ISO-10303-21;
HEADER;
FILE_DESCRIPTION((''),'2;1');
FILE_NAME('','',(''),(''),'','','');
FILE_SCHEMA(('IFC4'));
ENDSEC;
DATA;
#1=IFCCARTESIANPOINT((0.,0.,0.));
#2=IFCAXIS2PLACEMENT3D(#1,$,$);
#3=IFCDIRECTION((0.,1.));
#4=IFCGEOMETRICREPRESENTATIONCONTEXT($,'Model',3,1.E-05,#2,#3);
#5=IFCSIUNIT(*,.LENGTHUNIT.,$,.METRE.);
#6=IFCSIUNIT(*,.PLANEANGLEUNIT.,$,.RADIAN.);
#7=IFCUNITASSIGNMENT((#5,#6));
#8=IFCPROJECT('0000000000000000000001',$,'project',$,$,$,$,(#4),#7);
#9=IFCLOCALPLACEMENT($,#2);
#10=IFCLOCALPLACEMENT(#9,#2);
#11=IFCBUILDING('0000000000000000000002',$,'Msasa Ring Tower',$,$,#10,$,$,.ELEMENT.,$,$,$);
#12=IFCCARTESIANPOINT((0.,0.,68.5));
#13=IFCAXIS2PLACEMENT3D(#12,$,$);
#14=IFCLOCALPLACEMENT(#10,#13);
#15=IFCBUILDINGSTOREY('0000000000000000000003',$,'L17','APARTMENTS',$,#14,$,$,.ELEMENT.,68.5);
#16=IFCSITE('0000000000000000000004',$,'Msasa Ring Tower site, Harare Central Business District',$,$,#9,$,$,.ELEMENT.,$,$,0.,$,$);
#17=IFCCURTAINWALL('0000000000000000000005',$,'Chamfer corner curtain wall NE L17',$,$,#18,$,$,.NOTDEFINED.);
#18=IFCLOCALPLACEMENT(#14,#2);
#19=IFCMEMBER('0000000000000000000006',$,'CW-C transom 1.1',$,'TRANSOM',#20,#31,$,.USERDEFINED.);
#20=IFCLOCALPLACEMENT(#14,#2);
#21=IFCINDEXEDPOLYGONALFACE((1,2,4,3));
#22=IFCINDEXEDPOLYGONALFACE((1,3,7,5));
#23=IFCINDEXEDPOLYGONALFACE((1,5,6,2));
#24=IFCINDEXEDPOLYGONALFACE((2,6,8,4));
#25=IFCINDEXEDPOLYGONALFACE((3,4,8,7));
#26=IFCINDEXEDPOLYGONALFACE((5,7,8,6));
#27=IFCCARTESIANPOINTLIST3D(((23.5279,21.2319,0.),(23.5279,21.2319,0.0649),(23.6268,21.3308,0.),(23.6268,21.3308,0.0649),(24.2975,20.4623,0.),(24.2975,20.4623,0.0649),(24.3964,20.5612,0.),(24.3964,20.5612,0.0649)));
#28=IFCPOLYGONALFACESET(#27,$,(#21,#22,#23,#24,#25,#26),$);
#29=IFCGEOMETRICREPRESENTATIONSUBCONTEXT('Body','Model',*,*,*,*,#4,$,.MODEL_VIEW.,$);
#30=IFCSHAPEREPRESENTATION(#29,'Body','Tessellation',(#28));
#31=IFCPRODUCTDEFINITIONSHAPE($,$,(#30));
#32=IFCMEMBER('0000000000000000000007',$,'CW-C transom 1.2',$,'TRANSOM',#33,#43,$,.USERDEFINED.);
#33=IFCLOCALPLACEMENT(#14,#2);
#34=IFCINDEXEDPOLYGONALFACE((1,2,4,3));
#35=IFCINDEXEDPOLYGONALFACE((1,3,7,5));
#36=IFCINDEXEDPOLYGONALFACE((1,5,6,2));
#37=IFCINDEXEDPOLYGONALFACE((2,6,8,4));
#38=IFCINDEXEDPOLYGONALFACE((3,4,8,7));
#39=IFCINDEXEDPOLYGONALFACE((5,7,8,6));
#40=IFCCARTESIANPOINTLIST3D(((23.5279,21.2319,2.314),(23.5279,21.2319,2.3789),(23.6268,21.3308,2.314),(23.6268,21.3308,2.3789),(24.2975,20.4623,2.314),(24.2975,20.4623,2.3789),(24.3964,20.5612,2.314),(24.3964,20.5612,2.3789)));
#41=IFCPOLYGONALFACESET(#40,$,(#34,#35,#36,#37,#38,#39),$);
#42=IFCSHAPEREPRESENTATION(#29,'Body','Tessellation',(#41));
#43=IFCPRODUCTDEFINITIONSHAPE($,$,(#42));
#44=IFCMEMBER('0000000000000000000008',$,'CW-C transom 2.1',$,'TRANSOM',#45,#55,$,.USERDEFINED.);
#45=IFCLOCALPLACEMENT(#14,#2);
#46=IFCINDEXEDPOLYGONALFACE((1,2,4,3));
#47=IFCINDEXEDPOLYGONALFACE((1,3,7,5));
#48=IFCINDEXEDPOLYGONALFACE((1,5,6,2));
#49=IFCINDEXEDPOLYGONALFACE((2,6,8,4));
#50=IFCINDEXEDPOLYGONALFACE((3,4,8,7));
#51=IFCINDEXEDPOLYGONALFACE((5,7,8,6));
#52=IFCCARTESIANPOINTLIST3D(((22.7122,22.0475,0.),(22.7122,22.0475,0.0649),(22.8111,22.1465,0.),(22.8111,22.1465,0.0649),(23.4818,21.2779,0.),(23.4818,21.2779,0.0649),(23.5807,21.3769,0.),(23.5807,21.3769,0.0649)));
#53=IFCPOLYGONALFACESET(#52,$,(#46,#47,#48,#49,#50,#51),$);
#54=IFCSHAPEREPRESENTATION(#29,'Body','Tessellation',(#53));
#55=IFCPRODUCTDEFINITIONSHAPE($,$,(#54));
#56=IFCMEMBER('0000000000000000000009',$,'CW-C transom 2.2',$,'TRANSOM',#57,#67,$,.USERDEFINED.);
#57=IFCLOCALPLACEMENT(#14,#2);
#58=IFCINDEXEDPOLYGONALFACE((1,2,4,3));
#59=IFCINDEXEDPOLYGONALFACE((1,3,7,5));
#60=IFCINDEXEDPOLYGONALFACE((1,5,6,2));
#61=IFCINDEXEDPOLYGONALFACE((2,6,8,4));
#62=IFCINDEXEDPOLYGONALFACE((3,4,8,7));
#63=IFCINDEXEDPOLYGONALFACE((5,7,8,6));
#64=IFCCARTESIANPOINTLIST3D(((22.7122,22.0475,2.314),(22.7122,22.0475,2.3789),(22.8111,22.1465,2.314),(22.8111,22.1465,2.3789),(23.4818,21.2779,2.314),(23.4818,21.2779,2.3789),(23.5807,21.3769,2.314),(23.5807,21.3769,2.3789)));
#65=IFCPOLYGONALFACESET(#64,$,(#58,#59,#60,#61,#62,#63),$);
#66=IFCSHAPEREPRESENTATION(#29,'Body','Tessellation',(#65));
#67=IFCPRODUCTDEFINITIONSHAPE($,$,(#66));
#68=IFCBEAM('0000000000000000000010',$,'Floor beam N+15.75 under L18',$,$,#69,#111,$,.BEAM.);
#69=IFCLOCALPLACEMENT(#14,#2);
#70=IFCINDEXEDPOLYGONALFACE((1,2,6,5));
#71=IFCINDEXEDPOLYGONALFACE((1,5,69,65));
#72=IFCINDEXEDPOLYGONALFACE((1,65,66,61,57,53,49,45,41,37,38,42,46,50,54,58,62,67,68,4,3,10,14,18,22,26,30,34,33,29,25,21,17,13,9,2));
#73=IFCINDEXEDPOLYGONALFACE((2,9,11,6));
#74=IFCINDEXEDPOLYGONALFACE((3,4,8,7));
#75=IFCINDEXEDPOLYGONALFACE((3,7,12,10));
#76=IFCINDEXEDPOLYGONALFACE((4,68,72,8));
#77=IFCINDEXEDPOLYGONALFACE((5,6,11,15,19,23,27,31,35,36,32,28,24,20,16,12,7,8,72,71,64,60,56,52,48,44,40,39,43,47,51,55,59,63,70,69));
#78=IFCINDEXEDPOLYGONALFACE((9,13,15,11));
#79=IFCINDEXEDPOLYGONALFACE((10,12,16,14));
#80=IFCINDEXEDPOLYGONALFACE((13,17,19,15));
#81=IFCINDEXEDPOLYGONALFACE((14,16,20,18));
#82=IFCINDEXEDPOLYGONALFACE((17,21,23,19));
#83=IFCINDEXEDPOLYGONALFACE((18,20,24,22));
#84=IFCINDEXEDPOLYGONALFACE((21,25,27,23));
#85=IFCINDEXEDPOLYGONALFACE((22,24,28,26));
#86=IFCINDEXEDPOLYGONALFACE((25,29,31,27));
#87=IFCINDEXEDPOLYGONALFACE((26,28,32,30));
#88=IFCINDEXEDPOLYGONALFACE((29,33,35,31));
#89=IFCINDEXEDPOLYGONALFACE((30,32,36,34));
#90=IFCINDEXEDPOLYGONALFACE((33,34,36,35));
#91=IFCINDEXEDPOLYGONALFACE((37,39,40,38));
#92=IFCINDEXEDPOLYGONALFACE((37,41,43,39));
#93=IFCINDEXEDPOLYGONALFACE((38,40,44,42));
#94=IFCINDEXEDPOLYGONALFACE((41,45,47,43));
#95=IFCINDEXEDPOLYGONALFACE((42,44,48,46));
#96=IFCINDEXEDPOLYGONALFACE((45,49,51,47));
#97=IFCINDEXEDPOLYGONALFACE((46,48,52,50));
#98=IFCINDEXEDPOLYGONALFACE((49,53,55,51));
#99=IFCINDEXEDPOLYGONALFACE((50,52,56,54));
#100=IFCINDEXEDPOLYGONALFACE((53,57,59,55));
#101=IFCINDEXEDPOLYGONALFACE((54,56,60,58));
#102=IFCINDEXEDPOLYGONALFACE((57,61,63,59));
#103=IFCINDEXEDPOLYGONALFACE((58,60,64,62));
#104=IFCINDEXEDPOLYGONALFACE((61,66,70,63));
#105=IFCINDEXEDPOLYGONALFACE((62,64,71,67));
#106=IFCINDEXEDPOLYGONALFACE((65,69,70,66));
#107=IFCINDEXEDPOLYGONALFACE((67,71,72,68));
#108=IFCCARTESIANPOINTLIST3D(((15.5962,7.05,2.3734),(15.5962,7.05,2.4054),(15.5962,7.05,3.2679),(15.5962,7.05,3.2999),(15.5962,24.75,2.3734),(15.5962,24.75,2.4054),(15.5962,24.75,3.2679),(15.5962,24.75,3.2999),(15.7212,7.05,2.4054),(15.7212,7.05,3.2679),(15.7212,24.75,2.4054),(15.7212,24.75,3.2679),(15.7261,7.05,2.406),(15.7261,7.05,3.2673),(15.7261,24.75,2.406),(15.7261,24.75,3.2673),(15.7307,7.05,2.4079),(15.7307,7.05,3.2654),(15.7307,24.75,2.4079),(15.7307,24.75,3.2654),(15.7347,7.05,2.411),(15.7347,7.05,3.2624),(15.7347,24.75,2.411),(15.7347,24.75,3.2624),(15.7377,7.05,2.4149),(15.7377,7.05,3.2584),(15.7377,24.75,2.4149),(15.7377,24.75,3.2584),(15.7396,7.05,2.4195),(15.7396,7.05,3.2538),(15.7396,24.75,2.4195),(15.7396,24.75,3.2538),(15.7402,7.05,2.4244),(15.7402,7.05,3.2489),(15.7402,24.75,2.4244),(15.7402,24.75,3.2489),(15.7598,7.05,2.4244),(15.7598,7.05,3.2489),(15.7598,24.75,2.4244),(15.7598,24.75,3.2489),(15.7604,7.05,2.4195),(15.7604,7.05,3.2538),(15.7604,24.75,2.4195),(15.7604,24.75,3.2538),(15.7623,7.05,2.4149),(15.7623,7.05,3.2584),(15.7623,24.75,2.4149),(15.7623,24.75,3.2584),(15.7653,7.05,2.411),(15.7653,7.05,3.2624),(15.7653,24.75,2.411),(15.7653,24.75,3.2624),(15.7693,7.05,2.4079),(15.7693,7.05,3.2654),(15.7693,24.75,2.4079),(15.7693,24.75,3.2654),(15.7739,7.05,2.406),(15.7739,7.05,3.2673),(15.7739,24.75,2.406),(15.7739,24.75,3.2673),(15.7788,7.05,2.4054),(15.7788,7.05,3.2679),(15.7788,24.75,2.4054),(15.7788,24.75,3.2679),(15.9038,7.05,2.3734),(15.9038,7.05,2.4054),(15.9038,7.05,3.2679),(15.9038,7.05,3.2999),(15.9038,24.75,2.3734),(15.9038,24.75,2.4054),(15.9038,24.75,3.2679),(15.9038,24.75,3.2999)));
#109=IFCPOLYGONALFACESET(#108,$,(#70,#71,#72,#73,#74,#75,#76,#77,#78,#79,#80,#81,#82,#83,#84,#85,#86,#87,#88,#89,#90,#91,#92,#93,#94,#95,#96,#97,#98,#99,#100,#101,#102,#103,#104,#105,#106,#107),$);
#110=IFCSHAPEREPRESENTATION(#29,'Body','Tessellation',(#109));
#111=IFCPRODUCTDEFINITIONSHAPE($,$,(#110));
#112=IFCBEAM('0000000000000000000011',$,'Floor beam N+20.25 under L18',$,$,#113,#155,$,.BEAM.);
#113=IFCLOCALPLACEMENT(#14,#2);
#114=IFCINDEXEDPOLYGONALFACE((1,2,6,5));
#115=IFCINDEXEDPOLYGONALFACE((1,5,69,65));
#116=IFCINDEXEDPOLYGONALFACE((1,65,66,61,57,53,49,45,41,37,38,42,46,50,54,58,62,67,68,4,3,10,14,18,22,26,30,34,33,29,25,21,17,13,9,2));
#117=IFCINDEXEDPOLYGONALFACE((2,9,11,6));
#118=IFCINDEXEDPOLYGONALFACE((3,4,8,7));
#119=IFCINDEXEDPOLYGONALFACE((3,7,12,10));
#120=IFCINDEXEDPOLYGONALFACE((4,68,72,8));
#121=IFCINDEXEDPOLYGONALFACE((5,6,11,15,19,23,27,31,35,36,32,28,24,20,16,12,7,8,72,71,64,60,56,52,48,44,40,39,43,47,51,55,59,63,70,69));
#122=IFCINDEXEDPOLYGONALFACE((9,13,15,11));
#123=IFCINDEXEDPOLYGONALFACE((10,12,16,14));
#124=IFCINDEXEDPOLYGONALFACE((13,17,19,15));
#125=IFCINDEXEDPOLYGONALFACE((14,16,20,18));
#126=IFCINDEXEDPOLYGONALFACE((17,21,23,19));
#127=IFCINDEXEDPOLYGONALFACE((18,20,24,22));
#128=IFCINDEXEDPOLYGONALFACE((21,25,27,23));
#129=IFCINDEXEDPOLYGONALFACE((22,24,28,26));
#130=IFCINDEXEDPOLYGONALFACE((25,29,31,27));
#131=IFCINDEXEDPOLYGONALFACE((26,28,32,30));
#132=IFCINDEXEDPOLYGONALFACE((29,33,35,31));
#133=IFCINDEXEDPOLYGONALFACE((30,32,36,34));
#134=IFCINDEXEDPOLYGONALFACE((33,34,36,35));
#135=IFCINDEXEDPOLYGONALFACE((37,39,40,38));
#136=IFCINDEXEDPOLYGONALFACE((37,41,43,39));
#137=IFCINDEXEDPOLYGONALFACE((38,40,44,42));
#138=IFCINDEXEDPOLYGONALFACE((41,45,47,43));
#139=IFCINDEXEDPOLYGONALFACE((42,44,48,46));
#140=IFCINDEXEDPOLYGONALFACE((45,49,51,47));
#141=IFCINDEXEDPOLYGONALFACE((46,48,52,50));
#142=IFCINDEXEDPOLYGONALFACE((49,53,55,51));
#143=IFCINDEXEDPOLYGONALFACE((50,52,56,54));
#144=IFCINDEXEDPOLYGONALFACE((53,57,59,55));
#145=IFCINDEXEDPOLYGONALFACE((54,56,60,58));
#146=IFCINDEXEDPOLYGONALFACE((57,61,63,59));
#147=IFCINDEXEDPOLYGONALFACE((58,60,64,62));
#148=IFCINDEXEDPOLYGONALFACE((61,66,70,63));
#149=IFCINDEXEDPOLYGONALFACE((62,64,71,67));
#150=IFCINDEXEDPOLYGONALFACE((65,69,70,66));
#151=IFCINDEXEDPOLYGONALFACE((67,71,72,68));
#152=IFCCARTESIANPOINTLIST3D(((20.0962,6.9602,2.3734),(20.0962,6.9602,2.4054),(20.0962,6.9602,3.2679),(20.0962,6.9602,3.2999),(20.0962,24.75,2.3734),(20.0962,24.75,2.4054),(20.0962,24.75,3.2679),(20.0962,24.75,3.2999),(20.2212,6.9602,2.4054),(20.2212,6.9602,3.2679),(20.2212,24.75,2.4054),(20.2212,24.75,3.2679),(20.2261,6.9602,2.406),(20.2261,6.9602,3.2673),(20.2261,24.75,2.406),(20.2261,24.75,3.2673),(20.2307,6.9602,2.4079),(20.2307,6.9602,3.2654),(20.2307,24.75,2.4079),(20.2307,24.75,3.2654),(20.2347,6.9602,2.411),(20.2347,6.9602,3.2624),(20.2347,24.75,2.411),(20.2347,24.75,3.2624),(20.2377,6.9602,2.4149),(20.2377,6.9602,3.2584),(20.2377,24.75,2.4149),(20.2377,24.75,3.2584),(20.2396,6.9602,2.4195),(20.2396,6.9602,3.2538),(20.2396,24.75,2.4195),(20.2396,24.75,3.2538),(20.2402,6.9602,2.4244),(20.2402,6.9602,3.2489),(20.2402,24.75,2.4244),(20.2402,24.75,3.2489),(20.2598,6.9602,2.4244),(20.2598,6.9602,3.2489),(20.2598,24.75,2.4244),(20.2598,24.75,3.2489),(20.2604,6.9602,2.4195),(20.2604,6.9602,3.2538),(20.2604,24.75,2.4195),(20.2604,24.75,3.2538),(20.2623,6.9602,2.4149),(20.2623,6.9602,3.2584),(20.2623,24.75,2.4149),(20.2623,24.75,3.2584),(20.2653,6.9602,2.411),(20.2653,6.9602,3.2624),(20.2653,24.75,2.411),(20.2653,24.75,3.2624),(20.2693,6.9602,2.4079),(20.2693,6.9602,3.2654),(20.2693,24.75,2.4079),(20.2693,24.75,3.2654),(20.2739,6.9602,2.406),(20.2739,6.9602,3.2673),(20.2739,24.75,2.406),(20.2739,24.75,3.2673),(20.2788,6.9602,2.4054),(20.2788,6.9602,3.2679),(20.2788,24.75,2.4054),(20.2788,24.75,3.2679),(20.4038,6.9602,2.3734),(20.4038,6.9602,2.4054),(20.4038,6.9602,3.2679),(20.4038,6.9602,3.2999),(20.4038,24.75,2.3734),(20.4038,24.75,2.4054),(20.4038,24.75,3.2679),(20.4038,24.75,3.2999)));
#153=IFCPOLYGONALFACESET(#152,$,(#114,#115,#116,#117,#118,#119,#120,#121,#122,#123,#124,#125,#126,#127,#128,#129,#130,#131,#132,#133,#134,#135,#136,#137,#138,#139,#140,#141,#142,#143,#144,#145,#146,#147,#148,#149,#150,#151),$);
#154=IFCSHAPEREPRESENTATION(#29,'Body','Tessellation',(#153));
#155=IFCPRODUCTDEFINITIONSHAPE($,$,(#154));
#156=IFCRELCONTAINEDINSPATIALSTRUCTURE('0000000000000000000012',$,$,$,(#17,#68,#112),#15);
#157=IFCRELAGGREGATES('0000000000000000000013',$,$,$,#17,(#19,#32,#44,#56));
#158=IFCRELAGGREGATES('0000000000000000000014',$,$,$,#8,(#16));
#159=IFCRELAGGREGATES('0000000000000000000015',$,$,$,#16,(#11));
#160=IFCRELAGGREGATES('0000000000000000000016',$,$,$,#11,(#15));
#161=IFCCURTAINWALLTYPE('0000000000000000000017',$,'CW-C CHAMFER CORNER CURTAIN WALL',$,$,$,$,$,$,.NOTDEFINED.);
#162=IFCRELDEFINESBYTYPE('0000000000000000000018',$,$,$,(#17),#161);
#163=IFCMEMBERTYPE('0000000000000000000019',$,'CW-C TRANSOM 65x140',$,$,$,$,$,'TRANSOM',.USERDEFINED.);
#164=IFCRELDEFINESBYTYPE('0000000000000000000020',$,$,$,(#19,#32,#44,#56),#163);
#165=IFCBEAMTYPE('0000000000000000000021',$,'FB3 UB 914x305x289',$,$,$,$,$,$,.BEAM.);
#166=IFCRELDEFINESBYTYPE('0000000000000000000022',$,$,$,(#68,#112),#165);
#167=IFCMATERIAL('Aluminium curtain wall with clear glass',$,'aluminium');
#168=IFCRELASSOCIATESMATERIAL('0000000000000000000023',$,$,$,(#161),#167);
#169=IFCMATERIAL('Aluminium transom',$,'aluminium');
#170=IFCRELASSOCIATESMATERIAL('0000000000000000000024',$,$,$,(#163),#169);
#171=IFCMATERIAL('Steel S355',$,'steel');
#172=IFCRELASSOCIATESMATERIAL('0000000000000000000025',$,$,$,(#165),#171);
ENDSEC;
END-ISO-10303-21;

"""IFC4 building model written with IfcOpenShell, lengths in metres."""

from ifc_helpers import new_model, si_unit, direction, frame, origin, origin_2d, place, context, subcontext, project, spatial, rectangle, i_section, extrude, material, material_profile, profile_set, type_object, element, aggregate, save


model = new_model("IFC4")

# Units and contexts
model_context = context("Model", 3, precision=1e-05, world=origin(), true_north=direction((0.0, 1.0)))
body_context = subcontext(model_context, "Body", "Model", "MODEL_VIEW")
ifc_project = project(units=[si_unit("LENGTHUNIT", "METRE"), si_unit("PLANEANGLEUNIT", "RADIAN")], contexts=[model_context])

# Site, building, storey
site_placement = place(None, origin())
site = spatial("IfcSite", under=ifc_project, at=site_placement, Name="Msasa Ring Tower site, Harare Central Business District", CompositionType="ELEMENT", RefElevation=0.0)
building_placement = place(site_placement, origin())
building = spatial("IfcBuilding", under=site, at=building_placement, Name="Msasa Ring Tower", CompositionType="ELEMENT")
storey_placement = place(building_placement, frame((0.0, 0.0, 68.5)))
storey = spatial("IfcBuildingStorey", under=building, at=storey_placement, Name="L17", Description="APARTMENTS", CompositionType="ELEMENT", Elevation=68.5)

# Curtain wall
ifc_material_1 = material(Name="Aluminium curtain wall with clear glass", Category="aluminium")
curtain_wall_type = type_object("IfcCurtainWallType", Name="CW-C CHAMFER CORNER CURTAIN WALL", PredefinedType="NOTDEFINED", material=ifc_material_1)
curtain_wall_1_placement = place(storey_placement, origin())
curtain_wall_1 = element("IfcCurtainWall", 1, at=curtain_wall_1_placement, inside=storey, type_object=curtain_wall_type, Name="Chamfer corner curtain wall NE L17", PredefinedType="NOTDEFINED")

# Members
ifc_material_2 = material(Name="Aluminium transom", Category="aluminium")
ifc_material_profile_1 = material_profile(ifc_material_2, rectangle(XDim=0.1399, YDim=0.0649, at=origin_2d()), Name="AL 65x140")
ifc_profile_set_1 = profile_set([ifc_material_profile_1], Name="Aluminium transom")
member_type_1 = type_object("IfcMemberType", Name="CW-C TRANSOM 65x140", ElementType="TRANSOM", PredefinedType="USERDEFINED", material=ifc_profile_set_1)
member_1_placement = place(storey_placement, frame((24.3469, 20.5117, 0.0325), z_axis=(-0.707107, 0.707107, 0.0), x_axis=(-0.707107, -0.707107, 0.0)))
member_1 = element("IfcMember", 2, at=member_1_placement, type_object=member_type_1, Name="CW-C transom 1.1", ObjectType="TRANSOM", PredefinedType="USERDEFINED", context=body_context, shape_type="SweptSolid", body=[
    extrude(rectangle(XDim=0.1399, YDim=0.0649, at=origin_2d()), origin(), (0.0, 0.0, 1.0), 1.0884),
])
member_2_placement = place(storey_placement, frame((24.3469, 20.5117, 2.3464), z_axis=(-0.707107, 0.707107, 0.0), x_axis=(-0.707107, -0.707107, 0.0)))
member_2 = element("IfcMember", 3, at=member_2_placement, type_object=member_type_1, Name="CW-C transom 1.2", ObjectType="TRANSOM", PredefinedType="USERDEFINED", context=body_context, shape_type="SweptSolid", body=[
    extrude(rectangle(XDim=0.1399, YDim=0.0649, at=origin_2d()), origin(), (0.0, 0.0, 1.0), 1.0884),
])
member_3_placement = place(storey_placement, frame((23.5312, 21.3274, 0.0325), z_axis=(-0.707107, 0.707107, 0.0), x_axis=(-0.707107, -0.707107, 0.0)))
member_3 = element("IfcMember", 4, at=member_3_placement, type_object=member_type_1, Name="CW-C transom 2.1", ObjectType="TRANSOM", PredefinedType="USERDEFINED", context=body_context, shape_type="SweptSolid", body=[
    extrude(rectangle(XDim=0.1399, YDim=0.0649, at=origin_2d()), origin(), (0.0, 0.0, 1.0), 1.0884),
])
member_4_placement = place(storey_placement, frame((23.5312, 21.3274, 2.3464), z_axis=(-0.707107, 0.707107, 0.0), x_axis=(-0.707107, -0.707107, 0.0)))
member_4 = element("IfcMember", 5, at=member_4_placement, type_object=member_type_1, Name="CW-C transom 2.2", ObjectType="TRANSOM", PredefinedType="USERDEFINED", context=body_context, shape_type="SweptSolid", body=[
    extrude(rectangle(XDim=0.1399, YDim=0.0649, at=origin_2d()), origin(), (0.0, 0.0, 1.0), 1.0884),
])

# Beams
ifc_material_3 = material(Name="Steel S355", Category="steel")
ifc_material_profile_2 = material_profile(ifc_material_3, i_section(OverallWidth=0.3076, OverallDepth=0.9265, WebThickness=0.0195, FlangeThickness=0.032, FilletRadius=0.019, at=origin_2d()), Name="UB 914x305x289")
ifc_profile_set_2 = profile_set([ifc_material_profile_2], Name="Steel S355")
beam_type_1 = type_object("IfcBeamType", Name="FB3 UB 914x305x289", PredefinedType="BEAM", material=ifc_profile_set_2)
beam_1_placement = place(storey_placement, frame((15.75, 24.75, 2.8367), z_axis=(0.0, -1.0, 0.0), x_axis=(1.0, 0.0, 0.0)))
element("IfcBeam", 6, at=beam_1_placement, inside=storey, type_object=beam_type_1, Name="Floor beam N+15.75 under L18", PredefinedType="BEAM", context=body_context, shape_type="SweptSolid", body=[
    extrude(i_section(OverallWidth=0.3076, OverallDepth=0.9265, WebThickness=0.0195, FlangeThickness=0.032, FilletRadius=0.019, at=origin_2d()), origin(), (0.0, 0.0, 1.0), 17.7),
])
beam_2_placement = place(storey_placement, frame((20.25, 24.75, 2.8367), z_axis=(0.0, -1.0, 0.0), x_axis=(1.0, 0.0, 0.0)))
element("IfcBeam", 7, at=beam_2_placement, inside=storey, type_object=beam_type_1, Name="Floor beam N+20.25 under L18", PredefinedType="BEAM", context=body_context, shape_type="SweptSolid", body=[
    extrude(i_section(OverallWidth=0.3076, OverallDepth=0.9265, WebThickness=0.0195, FlangeThickness=0.032, FilletRadius=0.019, at=origin_2d()), origin(), (0.0, 0.0, 1.0), 17.7898),
])

aggregate(curtain_wall_1, [member_1, member_2, member_3, member_4])

save(model, "model.ifc")
